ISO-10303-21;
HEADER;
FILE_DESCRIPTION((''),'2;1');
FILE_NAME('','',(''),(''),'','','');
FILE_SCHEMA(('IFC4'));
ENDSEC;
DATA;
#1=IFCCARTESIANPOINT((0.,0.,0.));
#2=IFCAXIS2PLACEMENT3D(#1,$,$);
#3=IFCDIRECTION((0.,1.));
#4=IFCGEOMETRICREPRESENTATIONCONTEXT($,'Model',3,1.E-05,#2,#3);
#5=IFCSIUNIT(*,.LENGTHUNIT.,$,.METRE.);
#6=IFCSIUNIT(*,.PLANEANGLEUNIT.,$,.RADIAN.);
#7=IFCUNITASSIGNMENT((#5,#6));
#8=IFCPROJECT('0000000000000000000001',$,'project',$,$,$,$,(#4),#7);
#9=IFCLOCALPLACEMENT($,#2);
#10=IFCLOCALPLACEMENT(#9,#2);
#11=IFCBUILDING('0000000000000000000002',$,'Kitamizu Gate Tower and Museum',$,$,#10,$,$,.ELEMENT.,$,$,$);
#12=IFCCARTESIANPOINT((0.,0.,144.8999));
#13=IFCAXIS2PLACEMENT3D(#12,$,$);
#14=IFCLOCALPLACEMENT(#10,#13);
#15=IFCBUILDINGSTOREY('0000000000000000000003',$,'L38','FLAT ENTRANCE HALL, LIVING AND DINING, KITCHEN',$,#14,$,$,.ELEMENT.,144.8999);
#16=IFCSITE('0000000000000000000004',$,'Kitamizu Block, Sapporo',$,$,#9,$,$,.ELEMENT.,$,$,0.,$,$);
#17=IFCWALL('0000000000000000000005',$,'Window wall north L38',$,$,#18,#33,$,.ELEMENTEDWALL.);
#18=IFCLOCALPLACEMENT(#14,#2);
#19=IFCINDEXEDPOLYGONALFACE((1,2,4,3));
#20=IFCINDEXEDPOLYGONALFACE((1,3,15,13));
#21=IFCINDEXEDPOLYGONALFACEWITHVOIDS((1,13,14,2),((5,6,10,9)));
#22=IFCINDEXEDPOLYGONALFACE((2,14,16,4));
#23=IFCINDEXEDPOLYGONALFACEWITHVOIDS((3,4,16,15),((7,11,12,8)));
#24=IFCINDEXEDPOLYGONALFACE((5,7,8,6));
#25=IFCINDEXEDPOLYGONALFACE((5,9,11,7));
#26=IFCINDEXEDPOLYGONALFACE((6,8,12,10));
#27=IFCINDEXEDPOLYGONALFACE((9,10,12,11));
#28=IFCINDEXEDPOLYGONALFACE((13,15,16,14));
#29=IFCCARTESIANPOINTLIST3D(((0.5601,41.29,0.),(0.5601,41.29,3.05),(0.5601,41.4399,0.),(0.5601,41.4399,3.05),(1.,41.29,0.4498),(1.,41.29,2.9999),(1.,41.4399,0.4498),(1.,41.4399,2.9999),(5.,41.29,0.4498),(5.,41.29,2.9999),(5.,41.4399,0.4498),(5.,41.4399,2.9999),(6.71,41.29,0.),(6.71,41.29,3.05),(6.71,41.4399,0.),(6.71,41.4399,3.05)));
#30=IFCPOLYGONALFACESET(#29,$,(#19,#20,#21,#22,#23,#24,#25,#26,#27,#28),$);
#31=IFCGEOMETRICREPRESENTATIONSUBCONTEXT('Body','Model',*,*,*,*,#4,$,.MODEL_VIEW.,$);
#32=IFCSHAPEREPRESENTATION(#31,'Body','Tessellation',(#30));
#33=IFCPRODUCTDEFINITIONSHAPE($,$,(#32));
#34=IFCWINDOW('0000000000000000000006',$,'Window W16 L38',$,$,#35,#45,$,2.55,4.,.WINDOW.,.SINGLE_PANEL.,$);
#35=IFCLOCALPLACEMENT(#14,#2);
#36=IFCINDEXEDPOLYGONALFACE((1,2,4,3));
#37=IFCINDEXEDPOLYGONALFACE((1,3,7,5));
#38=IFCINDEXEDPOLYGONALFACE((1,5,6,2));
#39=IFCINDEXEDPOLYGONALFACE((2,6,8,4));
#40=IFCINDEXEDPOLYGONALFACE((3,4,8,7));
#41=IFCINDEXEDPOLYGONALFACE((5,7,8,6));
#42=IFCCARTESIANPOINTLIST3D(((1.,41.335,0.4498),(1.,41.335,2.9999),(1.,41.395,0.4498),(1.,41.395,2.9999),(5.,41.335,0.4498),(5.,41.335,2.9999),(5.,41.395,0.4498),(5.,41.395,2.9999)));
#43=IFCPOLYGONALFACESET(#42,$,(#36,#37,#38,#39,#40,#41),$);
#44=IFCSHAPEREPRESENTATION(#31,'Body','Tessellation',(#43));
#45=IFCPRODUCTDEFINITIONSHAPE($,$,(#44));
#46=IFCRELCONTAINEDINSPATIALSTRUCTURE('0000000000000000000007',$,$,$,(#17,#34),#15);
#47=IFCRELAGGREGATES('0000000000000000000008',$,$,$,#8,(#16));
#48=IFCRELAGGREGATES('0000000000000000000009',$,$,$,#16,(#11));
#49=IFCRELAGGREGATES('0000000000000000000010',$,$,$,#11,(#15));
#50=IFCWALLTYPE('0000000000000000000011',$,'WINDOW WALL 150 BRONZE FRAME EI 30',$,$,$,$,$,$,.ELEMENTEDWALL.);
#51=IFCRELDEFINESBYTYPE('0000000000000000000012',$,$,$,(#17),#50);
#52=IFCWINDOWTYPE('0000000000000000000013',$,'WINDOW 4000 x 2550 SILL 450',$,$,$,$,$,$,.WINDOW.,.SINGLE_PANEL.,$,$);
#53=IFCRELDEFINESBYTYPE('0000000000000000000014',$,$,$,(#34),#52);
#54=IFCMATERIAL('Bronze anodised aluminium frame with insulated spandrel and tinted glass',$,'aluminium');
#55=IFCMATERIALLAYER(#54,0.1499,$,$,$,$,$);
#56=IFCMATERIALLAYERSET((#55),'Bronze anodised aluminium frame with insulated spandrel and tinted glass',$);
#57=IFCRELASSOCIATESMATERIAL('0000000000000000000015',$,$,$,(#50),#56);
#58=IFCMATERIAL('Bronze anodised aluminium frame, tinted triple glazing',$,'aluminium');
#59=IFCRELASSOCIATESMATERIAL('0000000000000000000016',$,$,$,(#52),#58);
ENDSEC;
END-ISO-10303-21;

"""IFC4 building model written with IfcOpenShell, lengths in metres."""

from ifc_helpers import new_model, si_unit, direction, frame, frame_2d, origin, place, context, subcontext, project, spatial, rectangle, extrude, material, layer, layer_set, type_object, element, fill, save


model = new_model("IFC4")

# Units and contexts
model_context = context("Model", 3, precision=1e-05, world=origin(), true_north=direction((0.0, 1.0)))
body_context = subcontext(model_context, "Body", "Model", "MODEL_VIEW")
ifc_project = project(units=[si_unit("LENGTHUNIT", "METRE"), si_unit("PLANEANGLEUNIT", "RADIAN")], contexts=[model_context])

# Site, building, storey
site_placement = place(None, origin())
site = spatial("IfcSite", under=ifc_project, at=site_placement, Name="Kitamizu Block, Sapporo", CompositionType="ELEMENT", RefElevation=0.0)
building_placement = place(site_placement, origin())
building = spatial("IfcBuilding", under=site, at=building_placement, Name="Kitamizu Gate Tower and Museum", CompositionType="ELEMENT")
storey_placement = place(building_placement, frame((0.0, 0.0, 144.8999)))
storey = spatial("IfcBuildingStorey", under=building, at=storey_placement, Name="L38", Description="FLAT ENTRANCE HALL, LIVING AND DINING, KITCHEN", CompositionType="ELEMENT", Elevation=144.8999)

# Shared definitions
ifc_material_1 = material(Name="Bronze anodised aluminium frame with insulated spandrel and tinted glass", Category="aluminium")
ifc_layer = layer(ifc_material_1, 0.1499)
ifc_layer_set = layer_set([ifc_layer], Name="Bronze anodised aluminium frame with insulated spandrel and tinted glass")
wall_type = type_object("IfcWallType", Name="WINDOW WALL 150 BRONZE FRAME EI 30", PredefinedType="ELEMENTEDWALL", material=ifc_layer_set)

# Wall, opening, window
wall_1_placement = place(storey_placement, frame((0.5601, 41.365, 0.0), z_axis=(0.0, 0.0, 1.0), x_axis=(1.0, 0.0, 0.0)))
wall_1 = element("IfcWall", 1, at=wall_1_placement, inside=storey, type_object=wall_type, Name="Window wall north L38", PredefinedType="ELEMENTEDWALL", context=body_context, shape_type="SweptSolid", body=[
    extrude(rectangle(XDim=6.1499, YDim=0.1499, at=frame_2d((3.075, 0.0))), origin(), (0.0, 0.0, 1.0), 3.05),
])
opening_1_placement = place(wall_1_placement, frame((0.4399, 0.0, 0.45)))
opening_1 = element("IfcOpeningElement", 2, at=opening_1_placement, cuts=wall_1, PredefinedType="OPENING", context=body_context, shape_type="SweptSolid", body=[
    extrude(rectangle(XDim=4.0, YDim=2.55, at=frame_2d((2.0, 1.2749))), frame((0.0, 0.085, 0.0), z_axis=(0.0, -1.0, 0.0), x_axis=(1.0, 0.0, 0.0)), (0.0, 0.0, 1.0), 0.1699),
])
ifc_material_2 = material(Name="Bronze anodised aluminium frame, tinted triple glazing", Category="aluminium")
window_type_1 = type_object("IfcWindowType", Name="WINDOW 4000 x 2550 SILL 450", PartitioningType="SINGLE_PANEL", PredefinedType="WINDOW", material=ifc_material_2)
window_1_placement = place(opening_1_placement, origin())
window_1 = element("IfcWindow", 3, at=window_1_placement, inside=storey, type_object=window_type_1, Name="Window W16 L38", OverallHeight=2.55, OverallWidth=4.0, PartitioningType="SINGLE_PANEL", PredefinedType="WINDOW", context=body_context, shape_type="SweptSolid", body=[
    extrude(rectangle(XDim=4.0, YDim=2.55, at=frame_2d((2.0, 1.2749))), frame((0.0, 0.03, 0.0), z_axis=(0.0, -1.0, 0.0), x_axis=(1.0, 0.0, 0.0)), (0.0, 0.0, 1.0), 0.0601),
])
fill(opening_1, window_1)

save(model, "model.ifc")
